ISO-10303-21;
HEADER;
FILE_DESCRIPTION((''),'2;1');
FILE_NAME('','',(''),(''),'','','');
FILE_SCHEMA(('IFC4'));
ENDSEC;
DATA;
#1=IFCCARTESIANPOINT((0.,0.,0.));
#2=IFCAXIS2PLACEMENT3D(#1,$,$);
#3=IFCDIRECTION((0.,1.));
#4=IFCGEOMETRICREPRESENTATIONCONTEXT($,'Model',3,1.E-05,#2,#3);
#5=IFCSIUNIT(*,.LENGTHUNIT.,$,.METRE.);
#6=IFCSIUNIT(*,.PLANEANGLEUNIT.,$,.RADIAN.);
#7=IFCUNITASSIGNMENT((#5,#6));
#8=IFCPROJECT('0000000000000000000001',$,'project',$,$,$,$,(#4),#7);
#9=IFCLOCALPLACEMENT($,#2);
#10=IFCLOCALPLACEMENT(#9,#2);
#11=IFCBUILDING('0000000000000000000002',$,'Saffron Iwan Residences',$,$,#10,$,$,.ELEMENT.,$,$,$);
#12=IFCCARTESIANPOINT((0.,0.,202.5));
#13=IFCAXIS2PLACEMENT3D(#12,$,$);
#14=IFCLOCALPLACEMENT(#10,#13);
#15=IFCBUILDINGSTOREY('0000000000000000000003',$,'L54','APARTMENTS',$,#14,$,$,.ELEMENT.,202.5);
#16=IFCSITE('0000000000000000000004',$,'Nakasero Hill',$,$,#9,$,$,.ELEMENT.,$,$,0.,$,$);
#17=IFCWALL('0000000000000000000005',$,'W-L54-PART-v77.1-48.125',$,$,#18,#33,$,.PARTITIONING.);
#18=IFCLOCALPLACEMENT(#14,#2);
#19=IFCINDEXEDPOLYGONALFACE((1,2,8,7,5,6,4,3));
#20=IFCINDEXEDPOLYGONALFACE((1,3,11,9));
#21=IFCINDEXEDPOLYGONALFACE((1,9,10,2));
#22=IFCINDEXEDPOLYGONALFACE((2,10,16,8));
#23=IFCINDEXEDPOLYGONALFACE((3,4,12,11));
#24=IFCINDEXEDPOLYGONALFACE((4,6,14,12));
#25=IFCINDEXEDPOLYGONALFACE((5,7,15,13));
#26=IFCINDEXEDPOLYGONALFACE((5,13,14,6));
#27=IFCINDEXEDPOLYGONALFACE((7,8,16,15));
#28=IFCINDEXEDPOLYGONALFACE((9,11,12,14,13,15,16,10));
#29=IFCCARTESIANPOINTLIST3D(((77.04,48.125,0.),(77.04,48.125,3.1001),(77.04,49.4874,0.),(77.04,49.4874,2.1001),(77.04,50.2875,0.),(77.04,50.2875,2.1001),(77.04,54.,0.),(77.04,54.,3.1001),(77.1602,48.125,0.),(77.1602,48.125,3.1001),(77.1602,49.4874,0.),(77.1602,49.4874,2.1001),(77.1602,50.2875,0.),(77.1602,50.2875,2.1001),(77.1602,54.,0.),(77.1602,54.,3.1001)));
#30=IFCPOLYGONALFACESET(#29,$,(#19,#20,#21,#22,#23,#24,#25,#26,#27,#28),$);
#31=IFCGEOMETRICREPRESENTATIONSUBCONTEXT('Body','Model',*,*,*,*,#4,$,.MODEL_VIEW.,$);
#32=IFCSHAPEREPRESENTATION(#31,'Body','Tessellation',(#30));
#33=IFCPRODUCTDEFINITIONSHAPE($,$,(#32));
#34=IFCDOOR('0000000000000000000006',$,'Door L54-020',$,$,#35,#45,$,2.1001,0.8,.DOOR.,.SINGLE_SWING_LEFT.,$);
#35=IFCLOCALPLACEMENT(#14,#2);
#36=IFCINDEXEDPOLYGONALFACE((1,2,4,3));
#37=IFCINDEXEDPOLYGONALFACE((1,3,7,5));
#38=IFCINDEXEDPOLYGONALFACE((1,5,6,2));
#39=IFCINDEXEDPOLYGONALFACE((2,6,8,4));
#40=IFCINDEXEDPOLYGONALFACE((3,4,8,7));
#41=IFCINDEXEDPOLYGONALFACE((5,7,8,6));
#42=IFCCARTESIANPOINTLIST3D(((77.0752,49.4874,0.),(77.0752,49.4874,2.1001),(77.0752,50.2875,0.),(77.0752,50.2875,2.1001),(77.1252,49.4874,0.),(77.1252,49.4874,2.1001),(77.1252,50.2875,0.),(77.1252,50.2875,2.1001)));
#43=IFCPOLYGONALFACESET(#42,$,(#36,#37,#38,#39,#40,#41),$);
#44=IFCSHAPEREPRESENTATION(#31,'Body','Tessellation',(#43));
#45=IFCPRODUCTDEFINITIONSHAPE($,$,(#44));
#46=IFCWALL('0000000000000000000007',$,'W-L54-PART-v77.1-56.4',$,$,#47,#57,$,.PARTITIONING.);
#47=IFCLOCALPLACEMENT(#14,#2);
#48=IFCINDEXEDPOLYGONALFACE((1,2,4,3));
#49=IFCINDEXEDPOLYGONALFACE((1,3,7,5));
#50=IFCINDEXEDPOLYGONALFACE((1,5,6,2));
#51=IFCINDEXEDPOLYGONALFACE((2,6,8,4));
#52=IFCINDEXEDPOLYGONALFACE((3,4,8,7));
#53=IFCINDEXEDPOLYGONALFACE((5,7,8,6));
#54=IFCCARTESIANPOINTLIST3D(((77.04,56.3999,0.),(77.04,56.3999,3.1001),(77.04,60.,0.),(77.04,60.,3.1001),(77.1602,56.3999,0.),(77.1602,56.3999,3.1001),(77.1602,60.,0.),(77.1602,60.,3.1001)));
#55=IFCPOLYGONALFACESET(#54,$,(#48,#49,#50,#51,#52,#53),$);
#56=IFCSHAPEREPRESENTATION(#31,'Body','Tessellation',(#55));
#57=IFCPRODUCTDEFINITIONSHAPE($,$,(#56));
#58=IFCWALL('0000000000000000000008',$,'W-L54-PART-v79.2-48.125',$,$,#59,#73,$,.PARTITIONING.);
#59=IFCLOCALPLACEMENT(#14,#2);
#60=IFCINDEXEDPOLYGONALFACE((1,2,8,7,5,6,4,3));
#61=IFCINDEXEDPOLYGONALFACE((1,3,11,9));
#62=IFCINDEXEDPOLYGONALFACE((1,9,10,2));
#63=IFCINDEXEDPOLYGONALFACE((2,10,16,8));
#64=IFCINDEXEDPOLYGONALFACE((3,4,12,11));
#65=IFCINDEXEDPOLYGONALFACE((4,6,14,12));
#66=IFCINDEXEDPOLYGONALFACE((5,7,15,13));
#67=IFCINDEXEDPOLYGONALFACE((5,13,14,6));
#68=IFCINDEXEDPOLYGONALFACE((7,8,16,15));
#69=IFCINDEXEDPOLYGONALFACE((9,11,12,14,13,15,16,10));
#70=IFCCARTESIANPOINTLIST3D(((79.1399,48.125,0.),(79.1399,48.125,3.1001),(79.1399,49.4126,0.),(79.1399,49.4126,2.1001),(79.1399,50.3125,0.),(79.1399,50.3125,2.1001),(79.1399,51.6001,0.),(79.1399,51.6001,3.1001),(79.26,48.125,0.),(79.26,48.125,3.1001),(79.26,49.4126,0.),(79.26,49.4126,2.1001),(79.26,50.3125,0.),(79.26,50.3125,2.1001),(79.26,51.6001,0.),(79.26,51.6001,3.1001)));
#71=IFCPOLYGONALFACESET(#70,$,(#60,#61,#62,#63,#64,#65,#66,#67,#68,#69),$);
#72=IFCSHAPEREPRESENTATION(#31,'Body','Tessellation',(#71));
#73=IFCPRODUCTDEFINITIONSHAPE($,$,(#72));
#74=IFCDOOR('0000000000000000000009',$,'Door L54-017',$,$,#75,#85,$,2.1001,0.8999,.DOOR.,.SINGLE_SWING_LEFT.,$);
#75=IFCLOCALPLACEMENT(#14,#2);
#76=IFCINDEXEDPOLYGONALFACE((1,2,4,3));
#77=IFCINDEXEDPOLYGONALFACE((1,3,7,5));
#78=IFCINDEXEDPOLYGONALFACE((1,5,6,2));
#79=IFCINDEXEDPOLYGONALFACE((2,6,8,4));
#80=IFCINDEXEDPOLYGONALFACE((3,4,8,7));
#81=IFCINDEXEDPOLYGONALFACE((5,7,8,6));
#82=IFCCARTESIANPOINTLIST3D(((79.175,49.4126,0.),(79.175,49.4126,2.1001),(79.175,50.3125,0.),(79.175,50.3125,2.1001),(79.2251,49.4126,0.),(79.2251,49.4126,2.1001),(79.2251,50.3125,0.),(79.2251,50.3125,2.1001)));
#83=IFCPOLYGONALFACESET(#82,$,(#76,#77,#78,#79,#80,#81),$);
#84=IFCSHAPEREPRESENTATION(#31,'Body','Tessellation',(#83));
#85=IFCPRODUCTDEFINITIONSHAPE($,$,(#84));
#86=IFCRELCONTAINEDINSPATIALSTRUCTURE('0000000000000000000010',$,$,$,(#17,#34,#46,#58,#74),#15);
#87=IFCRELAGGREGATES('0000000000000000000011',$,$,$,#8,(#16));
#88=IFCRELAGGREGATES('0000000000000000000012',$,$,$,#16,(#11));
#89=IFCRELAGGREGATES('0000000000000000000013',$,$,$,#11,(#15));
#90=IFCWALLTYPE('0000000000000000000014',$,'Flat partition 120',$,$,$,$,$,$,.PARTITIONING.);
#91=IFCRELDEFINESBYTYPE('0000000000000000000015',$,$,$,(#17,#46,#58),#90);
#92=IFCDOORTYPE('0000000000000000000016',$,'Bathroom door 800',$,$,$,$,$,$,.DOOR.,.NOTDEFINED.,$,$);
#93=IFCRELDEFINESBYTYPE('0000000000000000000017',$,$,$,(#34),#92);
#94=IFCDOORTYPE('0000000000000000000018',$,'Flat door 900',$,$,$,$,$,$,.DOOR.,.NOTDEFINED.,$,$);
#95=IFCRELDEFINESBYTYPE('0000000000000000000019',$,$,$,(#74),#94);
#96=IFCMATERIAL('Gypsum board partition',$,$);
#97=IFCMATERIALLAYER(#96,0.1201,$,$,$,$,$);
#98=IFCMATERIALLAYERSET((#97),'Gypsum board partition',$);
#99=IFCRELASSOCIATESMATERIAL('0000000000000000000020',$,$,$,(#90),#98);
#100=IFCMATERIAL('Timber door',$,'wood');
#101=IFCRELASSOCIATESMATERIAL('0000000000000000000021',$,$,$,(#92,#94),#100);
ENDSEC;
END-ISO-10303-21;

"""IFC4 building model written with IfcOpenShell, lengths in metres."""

from ifc_helpers import new_model, si_unit, direction, frame, frame_2d, origin, place, context, subcontext, project, spatial, rectangle, extrude, material, layer, layer_set, type_object, element, fill, save


model = new_model("IFC4")

# Units and contexts
model_context = context("Model", 3, precision=1e-05, world=origin(), true_north=direction((0.0, 1.0)))
body_context = subcontext(model_context, "Body", "Model", "MODEL_VIEW")
ifc_project = project(units=[si_unit("LENGTHUNIT", "METRE"), si_unit("PLANEANGLEUNIT", "RADIAN")], contexts=[model_context])

# Site, building, storey
site_placement = place(None, origin())
site = spatial("IfcSite", under=ifc_project, at=site_placement, Name="Nakasero Hill", CompositionType="ELEMENT", RefElevation=0.0)
building_placement = place(site_placement, origin())
building = spatial("IfcBuilding", under=site, at=building_placement, Name="Saffron Iwan Residences", CompositionType="ELEMENT")
storey_placement = place(building_placement, frame((0.0, 0.0, 202.5)))
storey = spatial("IfcBuildingStorey", under=building, at=storey_placement, Name="L54", Description="APARTMENTS", CompositionType="ELEMENT", Elevation=202.5)

# Shared definitions
ifc_material_1 = material(Name="Gypsum board partition")
ifc_layer_1 = layer(ifc_material_1, 0.1201)
ifc_layer_set_1 = layer_set([ifc_layer_1], Name="Gypsum board partition")
wall_type_1 = type_object("IfcWallType", Name="Flat partition 120", PredefinedType="PARTITIONING", material=ifc_layer_set_1)
ifc_material_2 = material(Name="Timber door", Category="wood")
door_type_1 = type_object("IfcDoorType", Name="Bathroom door 800", OperationType="NOTDEFINED", PredefinedType="DOOR", material=ifc_material_2)

# Shared definitions
door_type_2 = type_object("IfcDoorType", Name="Flat door 900", OperationType="NOTDEFINED", PredefinedType="DOOR", material=ifc_material_2)

# Wall, opening, door
wall_1_placement = place(storey_placement, frame((77.1001, 48.125, 0.0), z_axis=(0.0, 0.0, 1.0), x_axis=(0.0, 1.0, 0.0)))
wall_1 = element("IfcWall", 1, at=wall_1_placement, inside=storey, type_object=wall_type_1, Name="W-L54-PART-v77.1-48.125", PredefinedType="PARTITIONING", context=body_context, shape_type="SweptSolid", body=[
    extrude(rectangle(XDim=5.875, YDim=0.1201, at=frame_2d((2.9375, 0.0))), origin(), (0.0, 0.0, 1.0), 3.1001),
])
opening_1_placement = place(wall_1_placement, frame((1.3625, 0.0, 0.0)))
opening_1 = element("IfcOpeningElement", 2, at=opening_1_placement, cuts=wall_1, PredefinedType="OPENING", context=body_context, shape_type="SweptSolid", body=[
    extrude(rectangle(XDim=0.8, YDim=2.1001, at=frame_2d((0.3999, 1.05))), frame((0.0, 0.0701, 0.0), z_axis=(0.0, -1.0, 0.0), x_axis=(1.0, 0.0, 0.0)), (0.0, 0.0, 1.0), 0.1401),
])
door_1_placement = place(opening_1_placement, origin())
door_1 = element("IfcDoor", 3, at=door_1_placement, inside=storey, type_object=door_type_1, Name="Door L54-020", OperationType="SINGLE_SWING_LEFT", OverallHeight=2.1001, OverallWidth=0.8, PredefinedType="DOOR", context=body_context, shape_type="SweptSolid", body=[
    extrude(rectangle(XDim=0.8, YDim=2.1001, at=frame_2d((0.3999, 1.05))), frame((0.0, 0.0249, 0.0), z_axis=(0.0, -1.0, 0.0), x_axis=(1.0, 0.0, 0.0)), (0.0, 0.0, 1.0), 0.05),
])
fill(opening_1, door_1)

# Wall
wall_2_placement = place(storey_placement, frame((77.1001, 56.3999, 0.0), z_axis=(0.0, 0.0, 1.0), x_axis=(0.0, 1.0, 0.0)))
element("IfcWall", 4, at=wall_2_placement, inside=storey, type_object=wall_type_1, Name="W-L54-PART-v77.1-56.4", PredefinedType="PARTITIONING", context=body_context, shape_type="SweptSolid", body=[
    extrude(rectangle(XDim=3.6001, YDim=0.1201, at=frame_2d((1.8, 0.0))), origin(), (0.0, 0.0, 1.0), 3.1001),
])

# Wall, opening, door
wall_3_placement = place(storey_placement, frame((79.2, 48.125, 0.0), z_axis=(0.0, 0.0, 1.0), x_axis=(0.0, 1.0, 0.0)))
wall_3 = element("IfcWall", 5, at=wall_3_placement, inside=storey, type_object=wall_type_1, Name="W-L54-PART-v79.2-48.125", PredefinedType="PARTITIONING", context=body_context, shape_type="SweptSolid", body=[
    extrude(rectangle(XDim=3.4751, YDim=0.1201, at=frame_2d((1.7375, 0.0))), origin(), (0.0, 0.0, 1.0), 3.1001),
])
opening_2_placement = place(wall_3_placement, frame((1.2876, 0.0, 0.0)))
opening_2 = element("IfcOpeningElement", 6, at=opening_2_placement, cuts=wall_3, PredefinedType="OPENING", context=body_context, shape_type="SweptSolid", body=[
    extrude(rectangle(XDim=0.8999, YDim=2.1001, at=frame_2d((0.45, 1.05))), frame((0.0, 0.0701, 0.0), z_axis=(0.0, -1.0, 0.0), x_axis=(1.0, 0.0, 0.0)), (0.0, 0.0, 1.0), 0.1401),
])
door_2_placement = place(opening_2_placement, origin())
door_2 = element("IfcDoor", 7, at=door_2_placement, inside=storey, type_object=door_type_2, Name="Door L54-017", OperationType="SINGLE_SWING_LEFT", OverallHeight=2.1001, OverallWidth=0.8999, PredefinedType="DOOR", context=body_context, shape_type="SweptSolid", body=[
    extrude(rectangle(XDim=0.8999, YDim=2.1001, at=frame_2d((0.45, 1.05))), frame((0.0, 0.0249, 0.0), z_axis=(0.0, -1.0, 0.0), x_axis=(1.0, 0.0, 0.0)), (0.0, 0.0, 1.0), 0.05),
])
fill(opening_2, door_2)

save(model, "model.ifc")
